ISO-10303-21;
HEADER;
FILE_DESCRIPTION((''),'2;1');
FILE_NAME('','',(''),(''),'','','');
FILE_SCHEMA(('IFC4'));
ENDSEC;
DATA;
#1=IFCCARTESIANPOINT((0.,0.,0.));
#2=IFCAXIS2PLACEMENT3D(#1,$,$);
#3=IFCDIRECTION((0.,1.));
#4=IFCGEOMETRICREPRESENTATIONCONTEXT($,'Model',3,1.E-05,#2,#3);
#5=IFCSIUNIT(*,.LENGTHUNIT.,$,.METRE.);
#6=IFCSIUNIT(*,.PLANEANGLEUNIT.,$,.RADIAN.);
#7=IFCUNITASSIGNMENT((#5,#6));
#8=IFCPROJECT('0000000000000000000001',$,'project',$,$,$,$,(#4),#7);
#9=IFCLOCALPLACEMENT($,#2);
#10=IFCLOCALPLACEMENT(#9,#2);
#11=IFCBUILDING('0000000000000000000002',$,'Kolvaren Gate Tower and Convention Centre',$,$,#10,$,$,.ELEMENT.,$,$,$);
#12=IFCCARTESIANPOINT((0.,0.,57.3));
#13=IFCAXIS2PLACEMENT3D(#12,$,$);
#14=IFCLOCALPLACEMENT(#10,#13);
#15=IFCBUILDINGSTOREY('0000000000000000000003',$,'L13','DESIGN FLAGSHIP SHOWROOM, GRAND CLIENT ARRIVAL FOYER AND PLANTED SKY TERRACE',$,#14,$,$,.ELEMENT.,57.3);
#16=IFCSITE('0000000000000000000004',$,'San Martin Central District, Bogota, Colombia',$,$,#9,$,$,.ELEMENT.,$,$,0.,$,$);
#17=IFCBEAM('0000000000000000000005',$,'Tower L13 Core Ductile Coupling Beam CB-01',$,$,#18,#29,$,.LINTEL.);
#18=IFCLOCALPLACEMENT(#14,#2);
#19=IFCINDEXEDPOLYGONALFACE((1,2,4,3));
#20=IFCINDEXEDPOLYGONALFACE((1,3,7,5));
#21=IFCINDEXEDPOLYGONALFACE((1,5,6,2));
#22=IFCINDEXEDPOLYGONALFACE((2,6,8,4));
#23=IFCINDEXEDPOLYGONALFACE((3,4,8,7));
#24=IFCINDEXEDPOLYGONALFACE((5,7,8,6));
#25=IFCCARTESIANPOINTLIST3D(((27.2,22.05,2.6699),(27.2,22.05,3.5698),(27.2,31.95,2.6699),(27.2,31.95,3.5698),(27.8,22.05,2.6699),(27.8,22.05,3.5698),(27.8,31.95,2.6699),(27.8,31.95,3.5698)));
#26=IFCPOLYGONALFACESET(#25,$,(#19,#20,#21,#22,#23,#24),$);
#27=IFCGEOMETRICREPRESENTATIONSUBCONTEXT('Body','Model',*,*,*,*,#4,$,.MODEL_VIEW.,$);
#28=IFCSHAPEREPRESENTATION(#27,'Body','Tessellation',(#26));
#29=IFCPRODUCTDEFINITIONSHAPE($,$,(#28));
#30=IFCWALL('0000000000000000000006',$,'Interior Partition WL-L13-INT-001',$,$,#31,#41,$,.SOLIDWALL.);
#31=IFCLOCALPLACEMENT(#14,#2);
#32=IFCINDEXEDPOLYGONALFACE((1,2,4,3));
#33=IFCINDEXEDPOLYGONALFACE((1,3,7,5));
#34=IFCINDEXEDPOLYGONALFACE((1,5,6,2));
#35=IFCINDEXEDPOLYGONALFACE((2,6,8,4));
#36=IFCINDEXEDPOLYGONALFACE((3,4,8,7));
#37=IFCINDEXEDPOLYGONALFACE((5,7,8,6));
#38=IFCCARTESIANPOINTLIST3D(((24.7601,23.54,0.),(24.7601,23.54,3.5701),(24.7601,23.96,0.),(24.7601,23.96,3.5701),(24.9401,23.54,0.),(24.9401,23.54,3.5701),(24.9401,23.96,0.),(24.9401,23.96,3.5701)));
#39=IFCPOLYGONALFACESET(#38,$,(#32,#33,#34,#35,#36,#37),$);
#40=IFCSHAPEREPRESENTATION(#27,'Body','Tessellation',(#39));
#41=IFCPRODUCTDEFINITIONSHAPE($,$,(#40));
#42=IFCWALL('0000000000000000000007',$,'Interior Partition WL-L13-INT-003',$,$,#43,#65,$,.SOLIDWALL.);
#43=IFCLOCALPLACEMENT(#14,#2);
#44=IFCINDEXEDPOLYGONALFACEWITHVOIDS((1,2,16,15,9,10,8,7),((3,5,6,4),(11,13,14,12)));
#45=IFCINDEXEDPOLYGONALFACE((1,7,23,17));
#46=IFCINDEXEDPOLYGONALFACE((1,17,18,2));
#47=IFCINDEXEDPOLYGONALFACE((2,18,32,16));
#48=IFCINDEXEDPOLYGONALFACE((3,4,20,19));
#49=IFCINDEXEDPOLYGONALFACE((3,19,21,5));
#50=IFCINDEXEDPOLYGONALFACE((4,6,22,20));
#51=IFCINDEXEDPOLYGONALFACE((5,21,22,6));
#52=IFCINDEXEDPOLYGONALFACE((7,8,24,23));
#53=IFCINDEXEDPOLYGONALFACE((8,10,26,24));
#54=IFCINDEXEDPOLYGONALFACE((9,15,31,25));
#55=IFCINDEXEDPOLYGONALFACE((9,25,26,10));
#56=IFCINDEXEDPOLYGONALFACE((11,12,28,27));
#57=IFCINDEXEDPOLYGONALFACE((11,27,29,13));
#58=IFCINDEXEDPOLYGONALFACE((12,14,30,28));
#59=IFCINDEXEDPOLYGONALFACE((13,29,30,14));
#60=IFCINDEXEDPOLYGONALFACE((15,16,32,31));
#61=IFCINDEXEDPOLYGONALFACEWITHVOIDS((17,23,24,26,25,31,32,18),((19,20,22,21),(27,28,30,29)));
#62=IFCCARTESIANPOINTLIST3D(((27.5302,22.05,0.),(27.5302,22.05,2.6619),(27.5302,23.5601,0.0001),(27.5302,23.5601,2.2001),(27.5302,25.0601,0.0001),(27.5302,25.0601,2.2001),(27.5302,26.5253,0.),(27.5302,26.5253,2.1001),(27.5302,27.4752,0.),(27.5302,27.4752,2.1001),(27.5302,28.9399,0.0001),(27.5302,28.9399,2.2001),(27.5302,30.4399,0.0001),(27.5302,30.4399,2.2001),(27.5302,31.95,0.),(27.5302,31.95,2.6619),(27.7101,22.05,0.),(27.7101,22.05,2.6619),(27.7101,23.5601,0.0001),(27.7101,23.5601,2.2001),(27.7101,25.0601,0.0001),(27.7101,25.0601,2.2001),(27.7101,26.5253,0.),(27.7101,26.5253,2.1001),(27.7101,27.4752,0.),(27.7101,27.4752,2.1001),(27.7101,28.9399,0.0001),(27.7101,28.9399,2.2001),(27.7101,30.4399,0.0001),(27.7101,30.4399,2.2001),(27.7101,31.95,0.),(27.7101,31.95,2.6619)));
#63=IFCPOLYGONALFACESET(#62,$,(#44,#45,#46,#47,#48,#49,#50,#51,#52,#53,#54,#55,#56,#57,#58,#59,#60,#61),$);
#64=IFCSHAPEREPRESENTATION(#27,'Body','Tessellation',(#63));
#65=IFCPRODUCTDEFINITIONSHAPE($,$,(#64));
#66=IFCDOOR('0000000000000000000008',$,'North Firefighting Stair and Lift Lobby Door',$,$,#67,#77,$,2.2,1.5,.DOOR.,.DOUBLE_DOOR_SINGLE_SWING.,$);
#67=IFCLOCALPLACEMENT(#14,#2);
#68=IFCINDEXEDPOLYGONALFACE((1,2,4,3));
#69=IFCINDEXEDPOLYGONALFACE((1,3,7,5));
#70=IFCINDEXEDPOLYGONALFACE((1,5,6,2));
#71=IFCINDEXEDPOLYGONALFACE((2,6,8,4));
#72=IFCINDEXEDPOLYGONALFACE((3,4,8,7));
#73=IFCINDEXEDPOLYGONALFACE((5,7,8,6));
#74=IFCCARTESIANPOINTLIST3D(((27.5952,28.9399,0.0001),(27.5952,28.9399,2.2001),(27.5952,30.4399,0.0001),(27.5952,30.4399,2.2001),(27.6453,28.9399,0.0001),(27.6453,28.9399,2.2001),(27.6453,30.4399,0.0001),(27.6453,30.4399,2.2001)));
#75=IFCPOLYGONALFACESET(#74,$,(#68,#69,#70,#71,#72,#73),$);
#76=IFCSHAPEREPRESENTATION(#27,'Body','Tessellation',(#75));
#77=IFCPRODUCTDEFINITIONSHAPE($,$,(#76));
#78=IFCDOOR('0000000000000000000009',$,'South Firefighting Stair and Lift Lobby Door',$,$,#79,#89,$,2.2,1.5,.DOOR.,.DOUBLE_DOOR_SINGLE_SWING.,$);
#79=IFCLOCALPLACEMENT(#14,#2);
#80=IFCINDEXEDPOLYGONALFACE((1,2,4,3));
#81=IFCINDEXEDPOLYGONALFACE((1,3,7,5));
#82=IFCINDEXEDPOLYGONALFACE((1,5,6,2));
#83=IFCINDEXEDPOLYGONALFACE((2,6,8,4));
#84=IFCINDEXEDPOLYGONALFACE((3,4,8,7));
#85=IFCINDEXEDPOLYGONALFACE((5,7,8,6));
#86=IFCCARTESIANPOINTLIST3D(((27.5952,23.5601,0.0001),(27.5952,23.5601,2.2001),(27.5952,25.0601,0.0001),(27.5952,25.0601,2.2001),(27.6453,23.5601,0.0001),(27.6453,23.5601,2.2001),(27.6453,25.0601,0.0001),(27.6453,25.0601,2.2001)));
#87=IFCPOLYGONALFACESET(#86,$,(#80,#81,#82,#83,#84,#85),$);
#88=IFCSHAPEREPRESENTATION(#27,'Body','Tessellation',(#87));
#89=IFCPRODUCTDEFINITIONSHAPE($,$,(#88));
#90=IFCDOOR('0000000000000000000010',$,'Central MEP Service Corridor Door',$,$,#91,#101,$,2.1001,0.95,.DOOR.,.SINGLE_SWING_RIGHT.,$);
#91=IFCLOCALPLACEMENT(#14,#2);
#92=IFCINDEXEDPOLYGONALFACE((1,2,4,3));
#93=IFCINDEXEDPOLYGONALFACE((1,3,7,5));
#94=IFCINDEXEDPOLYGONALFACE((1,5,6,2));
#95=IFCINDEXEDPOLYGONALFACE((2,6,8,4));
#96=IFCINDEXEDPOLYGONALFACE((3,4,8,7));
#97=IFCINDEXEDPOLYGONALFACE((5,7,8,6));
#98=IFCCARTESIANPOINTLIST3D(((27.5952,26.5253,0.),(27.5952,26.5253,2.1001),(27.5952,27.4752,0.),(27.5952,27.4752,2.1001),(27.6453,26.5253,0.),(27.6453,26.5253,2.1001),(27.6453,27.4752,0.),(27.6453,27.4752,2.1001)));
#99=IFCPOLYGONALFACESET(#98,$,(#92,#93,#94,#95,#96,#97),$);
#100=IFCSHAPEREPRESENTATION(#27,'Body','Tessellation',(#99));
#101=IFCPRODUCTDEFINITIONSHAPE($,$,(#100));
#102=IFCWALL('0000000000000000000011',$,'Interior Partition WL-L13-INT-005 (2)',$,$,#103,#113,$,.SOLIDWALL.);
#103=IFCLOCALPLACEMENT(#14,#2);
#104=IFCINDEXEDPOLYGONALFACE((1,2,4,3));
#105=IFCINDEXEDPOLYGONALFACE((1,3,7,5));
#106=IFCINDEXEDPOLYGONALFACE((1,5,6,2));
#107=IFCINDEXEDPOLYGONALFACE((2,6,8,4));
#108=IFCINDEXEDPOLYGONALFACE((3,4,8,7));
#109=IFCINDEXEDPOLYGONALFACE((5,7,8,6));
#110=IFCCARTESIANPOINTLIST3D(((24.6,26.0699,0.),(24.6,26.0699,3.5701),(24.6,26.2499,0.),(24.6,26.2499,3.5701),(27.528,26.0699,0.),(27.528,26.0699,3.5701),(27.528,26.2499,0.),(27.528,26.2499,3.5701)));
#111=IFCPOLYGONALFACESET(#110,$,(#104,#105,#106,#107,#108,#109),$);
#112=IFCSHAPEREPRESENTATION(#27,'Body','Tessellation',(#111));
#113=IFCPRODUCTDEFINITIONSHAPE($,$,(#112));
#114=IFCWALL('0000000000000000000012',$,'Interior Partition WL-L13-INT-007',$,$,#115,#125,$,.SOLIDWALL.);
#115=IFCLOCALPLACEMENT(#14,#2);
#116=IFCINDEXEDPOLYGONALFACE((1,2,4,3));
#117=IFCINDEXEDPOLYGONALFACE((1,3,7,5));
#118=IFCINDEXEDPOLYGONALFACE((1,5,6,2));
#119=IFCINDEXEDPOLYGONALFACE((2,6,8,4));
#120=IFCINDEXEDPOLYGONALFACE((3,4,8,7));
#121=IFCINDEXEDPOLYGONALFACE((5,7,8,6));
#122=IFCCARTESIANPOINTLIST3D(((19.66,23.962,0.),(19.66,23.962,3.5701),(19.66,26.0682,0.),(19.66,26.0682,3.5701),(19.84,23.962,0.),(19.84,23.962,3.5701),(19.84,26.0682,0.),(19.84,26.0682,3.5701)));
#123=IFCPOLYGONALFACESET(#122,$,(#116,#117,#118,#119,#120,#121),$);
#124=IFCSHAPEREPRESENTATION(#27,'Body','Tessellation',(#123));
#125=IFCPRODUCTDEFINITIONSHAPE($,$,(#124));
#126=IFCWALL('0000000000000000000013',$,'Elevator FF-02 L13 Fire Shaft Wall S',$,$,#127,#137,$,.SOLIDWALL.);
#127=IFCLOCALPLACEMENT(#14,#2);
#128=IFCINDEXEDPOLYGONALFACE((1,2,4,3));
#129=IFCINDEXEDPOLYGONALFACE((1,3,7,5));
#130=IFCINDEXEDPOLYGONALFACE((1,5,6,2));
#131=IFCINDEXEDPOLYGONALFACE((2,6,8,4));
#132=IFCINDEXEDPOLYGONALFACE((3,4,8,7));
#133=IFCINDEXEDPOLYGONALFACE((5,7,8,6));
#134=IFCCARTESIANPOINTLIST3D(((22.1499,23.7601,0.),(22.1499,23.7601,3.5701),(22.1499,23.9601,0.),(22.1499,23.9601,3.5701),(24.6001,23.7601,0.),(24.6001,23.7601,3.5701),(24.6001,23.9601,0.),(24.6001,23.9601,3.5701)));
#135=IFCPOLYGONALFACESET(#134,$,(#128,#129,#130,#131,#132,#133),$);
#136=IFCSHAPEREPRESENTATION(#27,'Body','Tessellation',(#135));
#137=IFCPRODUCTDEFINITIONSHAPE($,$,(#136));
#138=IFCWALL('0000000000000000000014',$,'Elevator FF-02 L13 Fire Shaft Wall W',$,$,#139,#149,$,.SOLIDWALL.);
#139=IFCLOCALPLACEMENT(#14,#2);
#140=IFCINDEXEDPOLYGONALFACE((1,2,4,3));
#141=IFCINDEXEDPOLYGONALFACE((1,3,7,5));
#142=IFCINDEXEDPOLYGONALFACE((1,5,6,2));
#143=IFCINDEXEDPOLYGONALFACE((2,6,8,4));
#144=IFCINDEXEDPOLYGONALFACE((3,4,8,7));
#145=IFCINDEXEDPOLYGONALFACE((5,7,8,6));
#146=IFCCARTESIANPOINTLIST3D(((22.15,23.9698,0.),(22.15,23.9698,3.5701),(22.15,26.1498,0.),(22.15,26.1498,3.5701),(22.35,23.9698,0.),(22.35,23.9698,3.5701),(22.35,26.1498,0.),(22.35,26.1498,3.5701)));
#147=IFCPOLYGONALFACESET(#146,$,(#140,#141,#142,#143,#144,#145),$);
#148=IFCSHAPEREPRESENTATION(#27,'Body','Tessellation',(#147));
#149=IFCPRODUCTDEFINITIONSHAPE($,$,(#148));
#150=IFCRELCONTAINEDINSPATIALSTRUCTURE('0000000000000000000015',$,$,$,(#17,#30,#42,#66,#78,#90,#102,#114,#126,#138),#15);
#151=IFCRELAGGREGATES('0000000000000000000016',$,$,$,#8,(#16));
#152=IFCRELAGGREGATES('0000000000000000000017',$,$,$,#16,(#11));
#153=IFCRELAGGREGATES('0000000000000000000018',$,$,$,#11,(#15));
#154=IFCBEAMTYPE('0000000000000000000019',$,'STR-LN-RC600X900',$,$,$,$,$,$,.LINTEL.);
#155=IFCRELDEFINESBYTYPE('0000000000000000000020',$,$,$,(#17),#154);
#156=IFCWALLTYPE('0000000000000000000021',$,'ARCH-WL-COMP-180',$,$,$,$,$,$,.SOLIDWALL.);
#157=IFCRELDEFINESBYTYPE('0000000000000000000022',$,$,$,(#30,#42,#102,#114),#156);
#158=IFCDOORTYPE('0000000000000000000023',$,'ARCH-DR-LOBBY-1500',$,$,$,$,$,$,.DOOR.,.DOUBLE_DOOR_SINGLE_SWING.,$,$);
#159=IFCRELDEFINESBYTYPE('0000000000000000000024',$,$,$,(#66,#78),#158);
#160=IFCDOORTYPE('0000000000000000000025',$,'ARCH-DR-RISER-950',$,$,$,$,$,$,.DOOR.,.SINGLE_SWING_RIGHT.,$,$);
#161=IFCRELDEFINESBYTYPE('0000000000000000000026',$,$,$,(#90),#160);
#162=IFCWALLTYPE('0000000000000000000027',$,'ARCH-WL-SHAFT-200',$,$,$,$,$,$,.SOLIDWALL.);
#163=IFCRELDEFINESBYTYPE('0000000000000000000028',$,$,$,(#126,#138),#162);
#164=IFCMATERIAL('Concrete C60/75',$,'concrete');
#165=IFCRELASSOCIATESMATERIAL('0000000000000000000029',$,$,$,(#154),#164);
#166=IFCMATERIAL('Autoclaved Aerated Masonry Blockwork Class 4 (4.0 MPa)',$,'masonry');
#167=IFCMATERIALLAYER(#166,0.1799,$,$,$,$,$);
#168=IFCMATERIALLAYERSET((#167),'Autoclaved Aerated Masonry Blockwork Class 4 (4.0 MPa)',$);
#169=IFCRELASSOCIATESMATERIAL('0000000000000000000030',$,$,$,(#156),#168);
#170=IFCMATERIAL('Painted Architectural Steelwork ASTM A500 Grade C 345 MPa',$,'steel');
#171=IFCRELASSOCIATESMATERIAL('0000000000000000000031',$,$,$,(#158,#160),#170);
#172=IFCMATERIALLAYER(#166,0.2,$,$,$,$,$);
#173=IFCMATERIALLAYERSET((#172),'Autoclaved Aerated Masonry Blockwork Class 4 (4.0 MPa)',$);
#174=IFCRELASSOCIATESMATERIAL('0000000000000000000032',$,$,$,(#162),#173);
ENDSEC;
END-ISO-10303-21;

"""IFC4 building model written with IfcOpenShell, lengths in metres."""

from ifc_helpers import new_model, si_unit, direction, frame, frame_2d, origin, origin_2d, place, context, subcontext, project, spatial, rectangle, extrude, material, layer, layer_set, material_profile, profile_set, type_object, element, fill, save


model = new_model("IFC4")

# Units and contexts
model_context = context("Model", 3, precision=1e-05, world=origin(), true_north=direction((0.0, 1.0)))
body_context = subcontext(model_context, "Body", "Model", "MODEL_VIEW")
ifc_project = project(units=[si_unit("LENGTHUNIT", "METRE"), si_unit("PLANEANGLEUNIT", "RADIAN")], contexts=[model_context])

# Site, building, storey
site_placement = place(None, origin())
site = spatial("IfcSite", under=ifc_project, at=site_placement, Name="San Martin Central District, Bogota, Colombia", CompositionType="ELEMENT", RefElevation=0.0)
building_placement = place(site_placement, origin())
building = spatial("IfcBuilding", under=site, at=building_placement, Name="Kolvaren Gate Tower and Convention Centre", CompositionType="ELEMENT")
storey_placement = place(building_placement, frame((0.0, 0.0, 57.3)))
storey = spatial("IfcBuildingStorey", under=building, at=storey_placement, Name="L13", Description="DESIGN FLAGSHIP SHOWROOM, GRAND CLIENT ARRIVAL FOYER AND PLANTED SKY TERRACE", CompositionType="ELEMENT", Elevation=57.3)

# Beam
ifc_material_1 = material(Name="Concrete C60/75", Category="concrete")
ifc_material_profile = material_profile(ifc_material_1, rectangle(XDim=0.6001, YDim=0.8999, at=origin_2d()), Name="RC-BM-600X900")
ifc_profile_set = profile_set([ifc_material_profile], Name="Concrete C60/75")
beam_type = type_object("IfcBeamType", Name="STR-LN-RC600X900", PredefinedType="LINTEL", material=ifc_profile_set)
beam_placement = place(storey_placement, frame((27.5, 22.05, 3.1199), z_axis=(0.0, 1.0, 0.0), x_axis=(-1.0, 0.0, 0.0)))
element("IfcBeam", 1, at=beam_placement, inside=storey, type_object=beam_type, Name="Tower L13 Core Ductile Coupling Beam CB-01", PredefinedType="LINTEL", context=body_context, shape_type="SweptSolid", body=[
    extrude(rectangle(XDim=0.6001, YDim=0.8999, at=origin_2d()), origin(), (0.0, 0.0, 1.0), 9.8999),
])

# Wall
ifc_material_2 = material(Name="Autoclaved Aerated Masonry Blockwork Class 4 (4.0 MPa)", Category="masonry")
ifc_layer_1 = layer(ifc_material_2, 0.1799)
ifc_layer_set_1 = layer_set([ifc_layer_1], Name="Autoclaved Aerated Masonry Blockwork Class 4 (4.0 MPa)")
wall_type_1 = type_object("IfcWallType", Name="ARCH-WL-COMP-180", PredefinedType="SOLIDWALL", material=ifc_layer_set_1)
wall_1_placement = place(storey_placement, frame((24.8501, 23.54, 0.0), z_axis=(0.0, 0.0, 1.0), x_axis=(0.0, 1.0, 0.0)))
element("IfcWall", 2, at=wall_1_placement, inside=storey, type_object=wall_type_1, Name="Interior Partition WL-L13-INT-001", PredefinedType="SOLIDWALL", context=body_context, shape_type="SweptSolid", body=[
    extrude(rectangle(XDim=0.4199, YDim=0.1799, at=frame_2d((0.21, 0.0))), origin(), (0.0, 0.0, 1.0), 3.5701),
])

# Wall, openings, doors
wall_2_placement = place(storey_placement, frame((27.6201, 22.05, 0.0), z_axis=(0.0, 0.0, 1.0), x_axis=(0.0, 1.0, 0.0)))
wall_2 = element("IfcWall", 3, at=wall_2_placement, inside=storey, type_object=wall_type_1, Name="Interior Partition WL-L13-INT-003", PredefinedType="SOLIDWALL", context=body_context, shape_type="SweptSolid", body=[
    extrude(rectangle(XDim=9.8999, YDim=0.1799, at=frame_2d((4.95, 0.0))), origin(), (0.0, 0.0, 1.0), 2.6619),
])
opening_1_placement = place(wall_2_placement, frame((4.4751, 0.0, 0.0)))
opening_1 = element("IfcOpeningElement", 4, at=opening_1_placement, cuts=wall_2, PredefinedType="OPENING", context=body_context, shape_type="SweptSolid", body=[
    extrude(rectangle(XDim=0.95, YDim=2.1001, at=frame_2d((0.4751, 1.05))), frame((0.0, 0.0999, 0.0), z_axis=(0.0, -1.0, 0.0), x_axis=(1.0, 0.0, 0.0)), (0.0, 0.0, 1.0), 0.2),
])
opening_2_placement = place(wall_2_placement, frame((6.8899, 0.0, 0.0)))
opening_2 = element("IfcOpeningElement", 5, at=opening_2_placement, cuts=wall_2, PredefinedType="OPENING", context=body_context, shape_type="SweptSolid", body=[
    extrude(rectangle(XDim=1.5, YDim=2.2, at=frame_2d((0.75, 1.1001))), frame((0.0, 0.0999, 0.0), z_axis=(0.0, -1.0, 0.0), x_axis=(1.0, 0.0, 0.0)), (0.0, 0.0, 1.0), 0.2),
])
opening_3_placement = place(wall_2_placement, frame((1.51, 0.0, 0.0)))
opening_3 = element("IfcOpeningElement", 6, at=opening_3_placement, cuts=wall_2, PredefinedType="OPENING", context=body_context, shape_type="SweptSolid", body=[
    extrude(rectangle(XDim=1.5, YDim=2.2, at=frame_2d((0.75, 1.1001))), frame((0.0, 0.0999, 0.0), z_axis=(0.0, -1.0, 0.0), x_axis=(1.0, 0.0, 0.0)), (0.0, 0.0, 1.0), 0.2),
])
ifc_material_3 = material(Name="Painted Architectural Steelwork ASTM A500 Grade C 345 MPa", Category="steel")
door_type_1 = type_object("IfcDoorType", Name="ARCH-DR-LOBBY-1500", OperationType="DOUBLE_DOOR_SINGLE_SWING", PredefinedType="DOOR", material=ifc_material_3)
door_1_placement = place(opening_2_placement, origin())
door_1 = element("IfcDoor", 7, at=door_1_placement, inside=storey, type_object=door_type_1, Name="North Firefighting Stair and Lift Lobby Door", OperationType="DOUBLE_DOOR_SINGLE_SWING", OverallHeight=2.2, OverallWidth=1.5, PredefinedType="DOOR", context=body_context, shape_type="SweptSolid", body=[
    extrude(rectangle(XDim=1.5, YDim=2.2, at=frame_2d((0.75, 1.1001))), frame((0.0, 0.0249, 0.0), z_axis=(0.0, -1.0, 0.0), x_axis=(1.0, 0.0, 0.0)), (0.0, 0.0, 1.0), 0.05),
])
fill(opening_2, door_1)
door_2_placement = place(opening_3_placement, origin())
door_2 = element("IfcDoor", 8, at=door_2_placement, inside=storey, type_object=door_type_1, Name="South Firefighting Stair and Lift Lobby Door", OperationType="DOUBLE_DOOR_SINGLE_SWING", OverallHeight=2.2, OverallWidth=1.5, PredefinedType="DOOR", context=body_context, shape_type="SweptSolid", body=[
    extrude(rectangle(XDim=1.5, YDim=2.2, at=frame_2d((0.75, 1.1001))), frame((0.0, 0.0249, 0.0), z_axis=(0.0, -1.0, 0.0), x_axis=(1.0, 0.0, 0.0)), (0.0, 0.0, 1.0), 0.05),
])
fill(opening_3, door_2)
door_type_2 = type_object("IfcDoorType", Name="ARCH-DR-RISER-950", OperationType="SINGLE_SWING_RIGHT", PredefinedType="DOOR", material=ifc_material_3)
door_3_placement = place(opening_1_placement, origin())
door_3 = element("IfcDoor", 9, at=door_3_placement, inside=storey, type_object=door_type_2, Name="Central MEP Service Corridor Door", OperationType="SINGLE_SWING_RIGHT", OverallHeight=2.1001, OverallWidth=0.95, PredefinedType="DOOR", context=body_context, shape_type="SweptSolid", body=[
    extrude(rectangle(XDim=0.95, YDim=2.1001, at=frame_2d((0.4751, 1.05))), frame((0.0, 0.0249, 0.0), z_axis=(0.0, -1.0, 0.0), x_axis=(1.0, 0.0, 0.0)), (0.0, 0.0, 1.0), 0.05),
])
fill(opening_1, door_3)

# Walls
wall_3_placement = place(storey_placement, frame((24.6001, 26.1599, 0.0), z_axis=(0.0, 0.0, 1.0), x_axis=(1.0, 0.0, 0.0)))
element("IfcWall", 10, at=wall_3_placement, inside=storey, type_object=wall_type_1, Name="Interior Partition WL-L13-INT-005 (2)", PredefinedType="SOLIDWALL", context=body_context, shape_type="SweptSolid", body=[
    extrude(rectangle(XDim=2.928, YDim=0.1799, at=frame_2d((1.4639, 0.0))), origin(), (0.0, 0.0, 1.0), 3.5701),
])
wall_4_placement = place(storey_placement, frame((19.75, 23.9619, 0.0), z_axis=(0.0, 0.0, 1.0), x_axis=(0.0, 1.0, 0.0)))
element("IfcWall", 11, at=wall_4_placement, inside=storey, type_object=wall_type_1, Name="Interior Partition WL-L13-INT-007", PredefinedType="SOLIDWALL", context=body_context, shape_type="SweptSolid", body=[
    extrude(rectangle(XDim=2.1062, YDim=0.1799, at=frame_2d((1.0532, 0.0))), origin(), (0.0, 0.0, 1.0), 3.5701),
])
ifc_layer_2 = layer(ifc_material_2, 0.2)
ifc_layer_set_2 = layer_set([ifc_layer_2], Name="Autoclaved Aerated Masonry Blockwork Class 4 (4.0 MPa)")
wall_type_2 = type_object("IfcWallType", Name="ARCH-WL-SHAFT-200", PredefinedType="SOLIDWALL", material=ifc_layer_set_2)
wall_5_placement = place(storey_placement, frame((22.1499, 23.8601, 0.0), z_axis=(0.0, 0.0, 1.0), x_axis=(1.0, 0.0, 0.0)))
element("IfcWall", 12, at=wall_5_placement, inside=storey, type_object=wall_type_2, Name="Elevator FF-02 L13 Fire Shaft Wall S", PredefinedType="SOLIDWALL", context=body_context, shape_type="SweptSolid", body=[
    extrude(rectangle(XDim=2.4502, YDim=0.2, at=frame_2d((1.2251, 0.0))), origin(), (0.0, 0.0, 1.0), 3.5701),
])
wall_6_placement = place(storey_placement, frame((22.25, 23.97, 0.0), z_axis=(0.0, 0.0, 1.0), x_axis=(0.0, 1.0, 0.0)))
element("IfcWall", 13, at=wall_6_placement, inside=storey, type_object=wall_type_2, Name="Elevator FF-02 L13 Fire Shaft Wall W", PredefinedType="SOLIDWALL", context=body_context, shape_type="SweptSolid", body=[
    extrude(rectangle(XDim=2.1799, YDim=0.2, at=frame_2d((1.0898, 0.0))), origin(), (0.0, 0.0, 1.0), 3.5701),
])

save(model, "model.ifc")
